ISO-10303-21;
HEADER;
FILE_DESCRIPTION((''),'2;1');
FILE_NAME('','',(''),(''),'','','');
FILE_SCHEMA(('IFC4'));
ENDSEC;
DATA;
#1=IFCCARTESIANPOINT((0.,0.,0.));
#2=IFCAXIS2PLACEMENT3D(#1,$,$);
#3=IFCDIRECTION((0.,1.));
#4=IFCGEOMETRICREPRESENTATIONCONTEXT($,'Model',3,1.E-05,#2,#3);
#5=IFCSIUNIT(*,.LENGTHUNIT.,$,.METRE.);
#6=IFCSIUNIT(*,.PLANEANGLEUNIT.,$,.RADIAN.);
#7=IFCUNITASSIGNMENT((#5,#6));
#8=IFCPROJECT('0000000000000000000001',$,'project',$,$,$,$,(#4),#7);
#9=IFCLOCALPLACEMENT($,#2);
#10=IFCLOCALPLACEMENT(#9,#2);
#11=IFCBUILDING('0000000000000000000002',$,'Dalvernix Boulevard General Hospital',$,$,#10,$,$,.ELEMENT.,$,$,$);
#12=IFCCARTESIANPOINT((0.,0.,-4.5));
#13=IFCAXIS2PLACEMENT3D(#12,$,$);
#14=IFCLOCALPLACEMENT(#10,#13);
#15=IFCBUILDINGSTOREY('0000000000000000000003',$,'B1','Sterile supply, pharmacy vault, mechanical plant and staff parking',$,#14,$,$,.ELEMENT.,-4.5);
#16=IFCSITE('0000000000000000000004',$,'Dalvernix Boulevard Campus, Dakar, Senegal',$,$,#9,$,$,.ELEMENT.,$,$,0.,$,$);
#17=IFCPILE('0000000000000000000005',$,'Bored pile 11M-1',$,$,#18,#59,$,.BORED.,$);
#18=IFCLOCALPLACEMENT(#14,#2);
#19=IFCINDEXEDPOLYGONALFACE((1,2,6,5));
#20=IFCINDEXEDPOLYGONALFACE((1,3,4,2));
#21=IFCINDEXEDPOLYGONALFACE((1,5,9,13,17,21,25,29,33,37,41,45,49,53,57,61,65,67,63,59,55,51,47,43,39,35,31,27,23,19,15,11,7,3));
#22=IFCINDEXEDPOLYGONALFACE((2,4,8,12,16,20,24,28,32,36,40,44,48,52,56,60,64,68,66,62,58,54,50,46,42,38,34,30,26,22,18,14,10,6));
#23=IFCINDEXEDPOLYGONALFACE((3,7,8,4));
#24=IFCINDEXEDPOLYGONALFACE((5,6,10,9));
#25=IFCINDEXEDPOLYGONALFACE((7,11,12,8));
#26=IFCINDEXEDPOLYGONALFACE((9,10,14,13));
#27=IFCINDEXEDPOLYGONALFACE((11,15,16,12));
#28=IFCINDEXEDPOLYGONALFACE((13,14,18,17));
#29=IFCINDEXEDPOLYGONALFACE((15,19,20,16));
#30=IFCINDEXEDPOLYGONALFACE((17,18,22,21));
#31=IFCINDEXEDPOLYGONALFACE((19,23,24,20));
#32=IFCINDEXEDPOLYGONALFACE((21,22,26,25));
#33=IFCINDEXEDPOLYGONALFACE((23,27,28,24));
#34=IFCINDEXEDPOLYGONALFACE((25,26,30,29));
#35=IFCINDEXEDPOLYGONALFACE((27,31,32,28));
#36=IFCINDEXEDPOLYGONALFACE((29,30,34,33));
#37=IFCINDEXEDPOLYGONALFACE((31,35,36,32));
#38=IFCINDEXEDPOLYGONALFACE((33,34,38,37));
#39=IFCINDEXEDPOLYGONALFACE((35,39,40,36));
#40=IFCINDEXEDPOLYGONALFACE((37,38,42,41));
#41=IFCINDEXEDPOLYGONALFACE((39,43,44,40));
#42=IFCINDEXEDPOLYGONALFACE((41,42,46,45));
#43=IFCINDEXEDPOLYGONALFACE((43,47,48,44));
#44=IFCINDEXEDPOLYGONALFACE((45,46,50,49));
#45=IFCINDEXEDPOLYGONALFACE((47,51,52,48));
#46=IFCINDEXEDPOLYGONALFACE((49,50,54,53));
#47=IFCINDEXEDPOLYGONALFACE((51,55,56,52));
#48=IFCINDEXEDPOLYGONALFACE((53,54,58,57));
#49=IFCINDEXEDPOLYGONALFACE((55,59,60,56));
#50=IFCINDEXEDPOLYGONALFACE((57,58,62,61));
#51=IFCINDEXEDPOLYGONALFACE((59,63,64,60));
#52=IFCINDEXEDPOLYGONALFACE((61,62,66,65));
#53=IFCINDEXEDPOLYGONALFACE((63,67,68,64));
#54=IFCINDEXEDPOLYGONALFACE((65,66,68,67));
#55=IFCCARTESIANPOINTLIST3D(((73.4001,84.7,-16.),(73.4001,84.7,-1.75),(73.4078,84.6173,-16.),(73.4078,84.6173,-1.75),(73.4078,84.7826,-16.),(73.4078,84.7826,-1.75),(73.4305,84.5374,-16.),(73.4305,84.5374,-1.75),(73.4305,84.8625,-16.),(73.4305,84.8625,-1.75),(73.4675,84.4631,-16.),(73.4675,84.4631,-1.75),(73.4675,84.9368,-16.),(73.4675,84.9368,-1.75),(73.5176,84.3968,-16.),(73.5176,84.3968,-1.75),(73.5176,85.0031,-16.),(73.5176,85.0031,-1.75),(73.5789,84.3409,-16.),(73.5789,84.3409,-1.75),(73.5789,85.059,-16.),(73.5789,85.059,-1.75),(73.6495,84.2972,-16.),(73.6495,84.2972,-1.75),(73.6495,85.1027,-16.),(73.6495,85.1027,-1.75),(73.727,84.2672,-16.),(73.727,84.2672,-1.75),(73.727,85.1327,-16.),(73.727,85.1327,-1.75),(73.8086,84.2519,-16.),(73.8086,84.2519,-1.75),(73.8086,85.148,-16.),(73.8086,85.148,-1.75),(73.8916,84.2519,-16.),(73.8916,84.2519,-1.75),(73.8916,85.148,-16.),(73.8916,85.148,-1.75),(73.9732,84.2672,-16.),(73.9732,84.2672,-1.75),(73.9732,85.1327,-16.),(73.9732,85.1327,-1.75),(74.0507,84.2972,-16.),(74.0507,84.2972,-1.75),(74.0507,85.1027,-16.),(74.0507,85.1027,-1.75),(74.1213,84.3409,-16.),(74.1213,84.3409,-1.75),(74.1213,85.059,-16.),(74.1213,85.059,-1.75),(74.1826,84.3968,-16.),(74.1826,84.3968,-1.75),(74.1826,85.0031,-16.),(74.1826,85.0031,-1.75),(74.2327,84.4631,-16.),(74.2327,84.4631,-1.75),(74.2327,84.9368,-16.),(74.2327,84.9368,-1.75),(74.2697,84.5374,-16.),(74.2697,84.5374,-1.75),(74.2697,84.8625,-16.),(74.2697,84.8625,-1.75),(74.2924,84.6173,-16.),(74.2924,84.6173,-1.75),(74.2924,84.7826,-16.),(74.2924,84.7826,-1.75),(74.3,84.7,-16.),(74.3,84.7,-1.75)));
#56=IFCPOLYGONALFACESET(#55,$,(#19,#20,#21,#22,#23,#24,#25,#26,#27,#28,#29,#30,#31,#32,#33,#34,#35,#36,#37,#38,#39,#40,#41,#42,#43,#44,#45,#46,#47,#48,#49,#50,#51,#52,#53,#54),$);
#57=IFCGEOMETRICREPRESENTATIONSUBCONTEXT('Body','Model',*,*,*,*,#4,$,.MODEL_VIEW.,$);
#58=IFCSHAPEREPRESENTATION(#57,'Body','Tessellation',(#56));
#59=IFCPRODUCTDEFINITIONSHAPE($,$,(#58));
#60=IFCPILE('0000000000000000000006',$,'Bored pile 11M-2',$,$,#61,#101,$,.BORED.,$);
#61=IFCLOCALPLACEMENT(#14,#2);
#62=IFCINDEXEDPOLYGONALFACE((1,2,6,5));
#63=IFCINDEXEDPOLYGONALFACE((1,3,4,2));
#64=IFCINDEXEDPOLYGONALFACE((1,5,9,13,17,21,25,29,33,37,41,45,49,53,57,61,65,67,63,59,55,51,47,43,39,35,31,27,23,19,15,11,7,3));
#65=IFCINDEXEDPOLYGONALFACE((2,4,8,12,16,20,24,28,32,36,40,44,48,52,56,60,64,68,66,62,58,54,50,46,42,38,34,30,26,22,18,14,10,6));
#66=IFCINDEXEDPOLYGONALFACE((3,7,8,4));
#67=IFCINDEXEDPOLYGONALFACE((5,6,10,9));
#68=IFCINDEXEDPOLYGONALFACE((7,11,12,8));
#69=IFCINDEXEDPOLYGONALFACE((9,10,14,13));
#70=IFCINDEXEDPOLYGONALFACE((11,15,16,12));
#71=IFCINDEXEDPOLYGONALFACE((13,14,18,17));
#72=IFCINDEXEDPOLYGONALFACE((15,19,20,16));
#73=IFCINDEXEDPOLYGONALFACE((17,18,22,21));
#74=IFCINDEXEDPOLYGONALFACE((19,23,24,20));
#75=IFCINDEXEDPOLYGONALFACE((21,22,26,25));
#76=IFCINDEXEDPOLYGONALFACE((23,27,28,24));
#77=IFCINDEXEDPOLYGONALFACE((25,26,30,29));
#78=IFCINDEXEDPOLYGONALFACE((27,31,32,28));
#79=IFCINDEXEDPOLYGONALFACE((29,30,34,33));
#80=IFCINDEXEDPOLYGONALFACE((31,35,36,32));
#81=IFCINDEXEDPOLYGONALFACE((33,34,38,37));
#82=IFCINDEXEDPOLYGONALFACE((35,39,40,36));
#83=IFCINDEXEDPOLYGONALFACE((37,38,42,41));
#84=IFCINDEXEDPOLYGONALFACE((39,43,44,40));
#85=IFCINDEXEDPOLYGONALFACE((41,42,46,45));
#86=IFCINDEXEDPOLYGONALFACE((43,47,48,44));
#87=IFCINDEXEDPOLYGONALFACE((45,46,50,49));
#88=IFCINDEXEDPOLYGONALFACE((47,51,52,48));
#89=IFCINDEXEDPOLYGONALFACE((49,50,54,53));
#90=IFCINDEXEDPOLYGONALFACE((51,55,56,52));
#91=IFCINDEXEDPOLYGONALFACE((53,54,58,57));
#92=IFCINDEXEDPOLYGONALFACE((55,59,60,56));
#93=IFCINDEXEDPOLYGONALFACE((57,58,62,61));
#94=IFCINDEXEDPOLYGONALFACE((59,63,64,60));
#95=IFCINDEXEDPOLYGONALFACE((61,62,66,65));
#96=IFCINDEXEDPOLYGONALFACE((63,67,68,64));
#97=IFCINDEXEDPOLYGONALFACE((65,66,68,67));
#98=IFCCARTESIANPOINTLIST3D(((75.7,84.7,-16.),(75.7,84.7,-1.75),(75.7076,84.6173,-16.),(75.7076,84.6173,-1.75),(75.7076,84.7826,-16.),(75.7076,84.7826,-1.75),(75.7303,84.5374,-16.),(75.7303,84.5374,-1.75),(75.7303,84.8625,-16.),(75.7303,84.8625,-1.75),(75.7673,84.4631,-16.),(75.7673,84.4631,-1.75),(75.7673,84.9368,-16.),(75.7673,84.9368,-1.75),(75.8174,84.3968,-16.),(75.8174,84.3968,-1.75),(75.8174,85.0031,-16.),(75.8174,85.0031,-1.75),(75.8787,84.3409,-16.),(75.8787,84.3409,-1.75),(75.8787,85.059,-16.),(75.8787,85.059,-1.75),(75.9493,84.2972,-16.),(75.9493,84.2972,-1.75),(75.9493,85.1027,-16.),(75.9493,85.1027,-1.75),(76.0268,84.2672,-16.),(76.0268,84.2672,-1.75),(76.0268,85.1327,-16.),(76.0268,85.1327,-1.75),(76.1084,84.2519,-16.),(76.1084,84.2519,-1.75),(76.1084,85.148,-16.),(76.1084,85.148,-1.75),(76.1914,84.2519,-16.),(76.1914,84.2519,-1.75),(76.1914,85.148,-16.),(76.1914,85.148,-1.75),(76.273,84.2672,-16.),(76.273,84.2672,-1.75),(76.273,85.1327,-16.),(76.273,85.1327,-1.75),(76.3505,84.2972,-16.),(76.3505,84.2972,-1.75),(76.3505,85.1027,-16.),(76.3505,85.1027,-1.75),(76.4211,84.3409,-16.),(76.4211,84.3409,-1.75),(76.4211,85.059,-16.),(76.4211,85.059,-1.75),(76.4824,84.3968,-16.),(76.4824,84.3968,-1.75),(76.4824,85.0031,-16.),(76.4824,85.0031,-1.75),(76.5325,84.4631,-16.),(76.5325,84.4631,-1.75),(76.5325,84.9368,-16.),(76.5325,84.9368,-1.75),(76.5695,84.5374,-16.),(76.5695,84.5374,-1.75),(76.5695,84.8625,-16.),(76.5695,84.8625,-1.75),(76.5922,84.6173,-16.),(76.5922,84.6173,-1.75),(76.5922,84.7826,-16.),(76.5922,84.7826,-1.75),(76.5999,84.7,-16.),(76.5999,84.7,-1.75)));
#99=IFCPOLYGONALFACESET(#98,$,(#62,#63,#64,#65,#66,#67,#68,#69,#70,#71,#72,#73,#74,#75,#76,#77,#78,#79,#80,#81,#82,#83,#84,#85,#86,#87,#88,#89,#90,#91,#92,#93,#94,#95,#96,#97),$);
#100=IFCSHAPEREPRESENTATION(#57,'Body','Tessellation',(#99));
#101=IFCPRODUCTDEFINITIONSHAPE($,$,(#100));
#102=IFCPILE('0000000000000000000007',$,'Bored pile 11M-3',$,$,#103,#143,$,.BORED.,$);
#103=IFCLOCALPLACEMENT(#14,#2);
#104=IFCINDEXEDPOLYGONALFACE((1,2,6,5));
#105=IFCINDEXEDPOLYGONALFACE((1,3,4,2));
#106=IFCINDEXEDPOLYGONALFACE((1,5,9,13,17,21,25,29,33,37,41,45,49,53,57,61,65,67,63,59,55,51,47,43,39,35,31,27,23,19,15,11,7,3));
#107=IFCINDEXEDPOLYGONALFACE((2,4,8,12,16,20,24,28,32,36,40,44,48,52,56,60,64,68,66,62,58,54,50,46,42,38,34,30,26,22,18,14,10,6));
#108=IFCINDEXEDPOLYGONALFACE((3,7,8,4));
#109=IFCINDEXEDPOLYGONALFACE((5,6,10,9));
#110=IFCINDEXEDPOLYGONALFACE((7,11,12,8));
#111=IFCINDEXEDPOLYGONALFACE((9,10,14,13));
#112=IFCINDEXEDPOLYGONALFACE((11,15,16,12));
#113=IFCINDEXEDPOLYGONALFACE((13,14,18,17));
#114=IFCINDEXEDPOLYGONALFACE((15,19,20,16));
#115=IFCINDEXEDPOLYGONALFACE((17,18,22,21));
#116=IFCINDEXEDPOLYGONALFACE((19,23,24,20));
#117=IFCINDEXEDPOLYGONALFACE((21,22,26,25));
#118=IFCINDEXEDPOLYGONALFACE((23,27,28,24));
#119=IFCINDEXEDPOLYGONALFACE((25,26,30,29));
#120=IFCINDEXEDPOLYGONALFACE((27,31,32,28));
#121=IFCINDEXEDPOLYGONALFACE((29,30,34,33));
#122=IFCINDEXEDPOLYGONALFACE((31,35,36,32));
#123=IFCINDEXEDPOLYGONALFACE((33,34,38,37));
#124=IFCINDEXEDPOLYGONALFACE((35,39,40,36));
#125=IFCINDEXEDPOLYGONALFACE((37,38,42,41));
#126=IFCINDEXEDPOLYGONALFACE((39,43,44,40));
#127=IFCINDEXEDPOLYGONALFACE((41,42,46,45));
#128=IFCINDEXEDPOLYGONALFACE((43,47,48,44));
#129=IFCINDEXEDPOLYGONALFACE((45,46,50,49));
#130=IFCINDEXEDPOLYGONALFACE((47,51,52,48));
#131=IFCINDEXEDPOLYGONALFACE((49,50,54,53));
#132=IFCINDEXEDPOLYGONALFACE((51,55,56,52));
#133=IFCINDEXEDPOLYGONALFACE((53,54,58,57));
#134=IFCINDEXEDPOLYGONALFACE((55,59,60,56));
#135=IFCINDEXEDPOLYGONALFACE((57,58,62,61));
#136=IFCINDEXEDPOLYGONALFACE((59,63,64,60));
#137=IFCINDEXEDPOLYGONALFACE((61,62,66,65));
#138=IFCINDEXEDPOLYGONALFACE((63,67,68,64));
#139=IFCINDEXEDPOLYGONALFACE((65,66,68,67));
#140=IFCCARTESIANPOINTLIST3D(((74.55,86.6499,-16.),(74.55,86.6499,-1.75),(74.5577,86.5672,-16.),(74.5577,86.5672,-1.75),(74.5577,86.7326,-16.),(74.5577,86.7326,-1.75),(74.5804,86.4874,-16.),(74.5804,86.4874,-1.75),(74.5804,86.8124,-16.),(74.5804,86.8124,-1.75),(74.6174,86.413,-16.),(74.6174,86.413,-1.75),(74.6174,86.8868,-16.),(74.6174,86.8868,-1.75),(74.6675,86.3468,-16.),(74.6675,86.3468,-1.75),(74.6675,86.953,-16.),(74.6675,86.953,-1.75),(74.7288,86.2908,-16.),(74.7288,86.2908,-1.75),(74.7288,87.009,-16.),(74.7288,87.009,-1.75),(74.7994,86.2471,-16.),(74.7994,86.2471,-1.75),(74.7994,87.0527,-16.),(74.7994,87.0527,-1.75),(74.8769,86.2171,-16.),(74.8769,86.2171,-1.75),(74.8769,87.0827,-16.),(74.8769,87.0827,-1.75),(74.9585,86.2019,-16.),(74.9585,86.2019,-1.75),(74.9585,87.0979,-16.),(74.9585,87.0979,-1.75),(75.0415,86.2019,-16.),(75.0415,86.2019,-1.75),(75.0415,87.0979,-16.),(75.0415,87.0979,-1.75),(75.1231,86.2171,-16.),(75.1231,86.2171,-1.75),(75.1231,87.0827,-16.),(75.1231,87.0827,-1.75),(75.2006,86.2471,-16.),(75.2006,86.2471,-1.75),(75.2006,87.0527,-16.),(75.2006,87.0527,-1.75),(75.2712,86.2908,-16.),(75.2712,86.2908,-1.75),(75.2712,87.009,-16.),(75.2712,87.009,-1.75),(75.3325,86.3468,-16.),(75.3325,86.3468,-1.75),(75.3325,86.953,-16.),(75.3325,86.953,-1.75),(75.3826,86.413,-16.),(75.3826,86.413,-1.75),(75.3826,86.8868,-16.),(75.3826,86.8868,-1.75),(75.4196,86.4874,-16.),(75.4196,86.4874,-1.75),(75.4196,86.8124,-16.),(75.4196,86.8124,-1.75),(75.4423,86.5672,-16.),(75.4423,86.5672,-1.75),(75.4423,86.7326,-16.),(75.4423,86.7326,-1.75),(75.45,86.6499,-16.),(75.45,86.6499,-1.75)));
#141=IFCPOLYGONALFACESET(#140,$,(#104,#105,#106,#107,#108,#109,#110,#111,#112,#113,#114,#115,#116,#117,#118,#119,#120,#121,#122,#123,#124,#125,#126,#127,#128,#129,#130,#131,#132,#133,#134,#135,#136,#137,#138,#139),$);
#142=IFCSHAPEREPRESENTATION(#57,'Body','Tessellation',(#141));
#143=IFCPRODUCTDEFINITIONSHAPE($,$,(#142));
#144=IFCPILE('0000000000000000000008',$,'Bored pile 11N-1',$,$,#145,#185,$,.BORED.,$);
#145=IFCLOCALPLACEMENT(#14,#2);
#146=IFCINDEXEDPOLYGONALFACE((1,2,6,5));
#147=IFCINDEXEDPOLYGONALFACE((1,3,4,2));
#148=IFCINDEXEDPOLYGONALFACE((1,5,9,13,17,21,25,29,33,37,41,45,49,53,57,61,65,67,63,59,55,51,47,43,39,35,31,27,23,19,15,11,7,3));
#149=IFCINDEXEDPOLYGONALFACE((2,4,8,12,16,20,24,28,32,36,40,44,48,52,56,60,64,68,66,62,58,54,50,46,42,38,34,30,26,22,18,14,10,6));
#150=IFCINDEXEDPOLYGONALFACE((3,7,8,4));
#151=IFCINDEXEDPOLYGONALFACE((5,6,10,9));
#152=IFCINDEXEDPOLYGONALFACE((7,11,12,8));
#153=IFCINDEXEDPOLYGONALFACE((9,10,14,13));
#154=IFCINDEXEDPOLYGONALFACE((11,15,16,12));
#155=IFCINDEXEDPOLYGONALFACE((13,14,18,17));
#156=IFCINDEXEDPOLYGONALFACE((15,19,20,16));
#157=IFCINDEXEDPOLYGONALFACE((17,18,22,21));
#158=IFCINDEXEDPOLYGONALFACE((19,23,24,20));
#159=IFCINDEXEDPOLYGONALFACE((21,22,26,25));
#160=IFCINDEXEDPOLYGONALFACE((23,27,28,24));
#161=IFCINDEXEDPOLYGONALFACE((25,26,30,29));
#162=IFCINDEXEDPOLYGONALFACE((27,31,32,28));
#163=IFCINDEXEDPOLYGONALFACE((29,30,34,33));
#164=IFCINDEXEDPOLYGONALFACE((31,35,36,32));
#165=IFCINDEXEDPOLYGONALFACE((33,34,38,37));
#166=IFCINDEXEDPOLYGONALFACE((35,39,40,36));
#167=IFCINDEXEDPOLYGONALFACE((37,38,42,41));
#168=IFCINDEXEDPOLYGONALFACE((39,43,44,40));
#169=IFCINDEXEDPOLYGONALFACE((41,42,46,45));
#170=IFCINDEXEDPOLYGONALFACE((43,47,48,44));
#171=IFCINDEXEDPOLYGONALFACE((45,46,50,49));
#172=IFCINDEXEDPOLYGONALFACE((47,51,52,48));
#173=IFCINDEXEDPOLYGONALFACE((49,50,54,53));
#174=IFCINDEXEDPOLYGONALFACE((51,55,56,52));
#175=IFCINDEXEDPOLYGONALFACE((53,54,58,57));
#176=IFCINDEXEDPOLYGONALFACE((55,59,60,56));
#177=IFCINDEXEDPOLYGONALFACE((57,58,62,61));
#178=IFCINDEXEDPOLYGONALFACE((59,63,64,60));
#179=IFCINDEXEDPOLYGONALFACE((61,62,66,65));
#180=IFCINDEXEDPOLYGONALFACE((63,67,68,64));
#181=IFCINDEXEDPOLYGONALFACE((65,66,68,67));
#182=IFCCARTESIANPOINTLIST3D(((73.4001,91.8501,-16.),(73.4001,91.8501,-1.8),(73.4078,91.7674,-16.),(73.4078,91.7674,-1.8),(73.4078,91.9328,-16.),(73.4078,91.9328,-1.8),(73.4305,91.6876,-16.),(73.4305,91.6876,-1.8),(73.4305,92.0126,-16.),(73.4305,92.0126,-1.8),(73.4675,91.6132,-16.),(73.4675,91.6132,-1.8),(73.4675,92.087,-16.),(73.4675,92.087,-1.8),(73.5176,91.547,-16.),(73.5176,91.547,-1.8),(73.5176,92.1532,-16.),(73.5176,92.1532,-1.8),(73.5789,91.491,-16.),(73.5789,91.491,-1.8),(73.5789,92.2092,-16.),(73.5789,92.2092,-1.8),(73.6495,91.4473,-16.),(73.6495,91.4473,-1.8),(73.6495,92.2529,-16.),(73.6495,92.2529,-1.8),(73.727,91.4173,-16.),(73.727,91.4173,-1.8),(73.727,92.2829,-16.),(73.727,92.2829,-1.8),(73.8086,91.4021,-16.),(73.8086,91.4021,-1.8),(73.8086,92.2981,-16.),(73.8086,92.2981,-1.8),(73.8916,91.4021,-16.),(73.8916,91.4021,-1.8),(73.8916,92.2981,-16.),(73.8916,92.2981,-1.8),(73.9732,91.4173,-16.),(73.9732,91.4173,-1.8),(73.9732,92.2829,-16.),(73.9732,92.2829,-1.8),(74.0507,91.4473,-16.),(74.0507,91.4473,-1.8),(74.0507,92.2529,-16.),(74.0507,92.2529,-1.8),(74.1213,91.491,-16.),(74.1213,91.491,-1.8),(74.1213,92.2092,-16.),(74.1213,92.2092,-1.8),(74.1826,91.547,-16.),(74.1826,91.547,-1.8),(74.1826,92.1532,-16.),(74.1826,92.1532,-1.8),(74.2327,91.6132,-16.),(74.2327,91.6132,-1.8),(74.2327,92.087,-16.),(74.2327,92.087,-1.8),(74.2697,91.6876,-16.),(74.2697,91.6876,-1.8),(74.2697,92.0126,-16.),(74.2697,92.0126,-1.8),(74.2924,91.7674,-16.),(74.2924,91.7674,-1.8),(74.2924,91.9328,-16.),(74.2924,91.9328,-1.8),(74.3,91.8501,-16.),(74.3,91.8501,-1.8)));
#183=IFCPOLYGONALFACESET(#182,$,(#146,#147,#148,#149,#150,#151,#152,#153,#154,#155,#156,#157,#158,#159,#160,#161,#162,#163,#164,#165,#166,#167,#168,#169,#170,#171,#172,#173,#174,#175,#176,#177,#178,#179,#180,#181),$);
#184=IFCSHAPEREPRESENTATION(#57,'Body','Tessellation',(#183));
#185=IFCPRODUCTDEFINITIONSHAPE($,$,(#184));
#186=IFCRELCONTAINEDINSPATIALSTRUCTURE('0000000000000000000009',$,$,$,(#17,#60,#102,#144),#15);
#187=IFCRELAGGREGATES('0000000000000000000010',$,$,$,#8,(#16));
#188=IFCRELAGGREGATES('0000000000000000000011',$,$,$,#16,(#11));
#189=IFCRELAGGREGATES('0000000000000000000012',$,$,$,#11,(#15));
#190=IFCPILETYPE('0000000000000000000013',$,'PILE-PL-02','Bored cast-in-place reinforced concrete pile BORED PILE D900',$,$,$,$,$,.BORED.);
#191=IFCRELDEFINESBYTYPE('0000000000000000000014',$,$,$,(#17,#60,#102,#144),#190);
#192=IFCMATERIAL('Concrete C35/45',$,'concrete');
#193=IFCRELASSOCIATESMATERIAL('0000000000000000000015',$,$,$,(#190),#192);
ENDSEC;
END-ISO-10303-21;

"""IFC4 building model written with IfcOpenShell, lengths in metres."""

from ifc_helpers import new_model, si_unit, direction, frame, origin, origin_2d, place, context, subcontext, project, spatial, circle, extrude, material, material_profile, profile_set, type_object, element, save


model = new_model("IFC4")

# Units and contexts
model_context = context("Model", 3, precision=1e-05, world=origin(), true_north=direction((0.0, 1.0)))
body_context = subcontext(model_context, "Body", "Model", "MODEL_VIEW")
ifc_project = project(units=[si_unit("LENGTHUNIT", "METRE"), si_unit("PLANEANGLEUNIT", "RADIAN")], contexts=[model_context])

# Site, building, storey
site_placement = place(None, origin())
site = spatial("IfcSite", under=ifc_project, at=site_placement, Name="Dalvernix Boulevard Campus, Dakar, Senegal", CompositionType="ELEMENT", RefElevation=0.0)
building_placement = place(site_placement, origin())
building = spatial("IfcBuilding", under=site, at=building_placement, Name="Dalvernix Boulevard General Hospital", CompositionType="ELEMENT")
storey_placement = place(building_placement, frame((0.0, 0.0, -4.5)))
storey = spatial("IfcBuildingStorey", under=building, at=storey_placement, Name="B1", Description="Sterile supply, pharmacy vault, mechanical plant and staff parking", CompositionType="ELEMENT", Elevation=-4.5)

# Shared definitions
ifc_material_1 = material(Name="Concrete C35/45", Category="concrete")

# Piles
ifc_material_profile_1 = material_profile(ifc_material_1, circle(Radius=0.45, at=origin_2d()), Name="BORED PILE D900")
ifc_profile_set_1 = profile_set([ifc_material_profile_1], Name="Concrete C35/45")
pile_type = type_object("IfcPileType", Name="PILE-PL-02", Description="Bored cast-in-place reinforced concrete pile BORED PILE D900", PredefinedType="BORED", material=ifc_profile_set_1)
for number, where, z_axis, x_axis, name in (
    (1, (73.8501, 84.7, -1.75), (0.0, 0.0, -1.0), (1.0, 0.0, 0.0), "Bored pile 11M-1"),
    (2, (76.1499, 84.7, -1.75), (0.0, 0.0, -1.0), (1.0, 0.0, 0.0), "Bored pile 11M-2"),
    (3, (75.0, 86.6499, -1.75), (0.0, 0.0, -1.0), (1.0, 0.0, 0.0), "Bored pile 11M-3"),
):
    element("IfcPile", number, at=place(storey_placement, frame(where, z_axis=z_axis, x_axis=x_axis)), inside=storey, type_object=pile_type, Name=name, PredefinedType="BORED", context=body_context, shape_type="SweptSolid", body=[
        extrude(circle(Radius=0.45, at=origin_2d()), origin(), (0.0, 0.0, 1.0), 14.25),
    ])
for number, where, z_axis, x_axis, name in (
    (4, (73.8501, 91.8501, -1.8), (0.0, 0.0, -1.0), (1.0, 0.0, 0.0), "Bored pile 11N-1"),
):
    element("IfcPile", number, at=place(storey_placement, frame(where, z_axis=z_axis, x_axis=x_axis)), inside=storey, type_object=pile_type, Name=name, PredefinedType="BORED", context=body_context, shape_type="SweptSolid", body=[
        extrude(circle(Radius=0.45, at=origin_2d()), origin(), (0.0, 0.0, 1.0), 14.2),
    ])

save(model, "model.ifc")
